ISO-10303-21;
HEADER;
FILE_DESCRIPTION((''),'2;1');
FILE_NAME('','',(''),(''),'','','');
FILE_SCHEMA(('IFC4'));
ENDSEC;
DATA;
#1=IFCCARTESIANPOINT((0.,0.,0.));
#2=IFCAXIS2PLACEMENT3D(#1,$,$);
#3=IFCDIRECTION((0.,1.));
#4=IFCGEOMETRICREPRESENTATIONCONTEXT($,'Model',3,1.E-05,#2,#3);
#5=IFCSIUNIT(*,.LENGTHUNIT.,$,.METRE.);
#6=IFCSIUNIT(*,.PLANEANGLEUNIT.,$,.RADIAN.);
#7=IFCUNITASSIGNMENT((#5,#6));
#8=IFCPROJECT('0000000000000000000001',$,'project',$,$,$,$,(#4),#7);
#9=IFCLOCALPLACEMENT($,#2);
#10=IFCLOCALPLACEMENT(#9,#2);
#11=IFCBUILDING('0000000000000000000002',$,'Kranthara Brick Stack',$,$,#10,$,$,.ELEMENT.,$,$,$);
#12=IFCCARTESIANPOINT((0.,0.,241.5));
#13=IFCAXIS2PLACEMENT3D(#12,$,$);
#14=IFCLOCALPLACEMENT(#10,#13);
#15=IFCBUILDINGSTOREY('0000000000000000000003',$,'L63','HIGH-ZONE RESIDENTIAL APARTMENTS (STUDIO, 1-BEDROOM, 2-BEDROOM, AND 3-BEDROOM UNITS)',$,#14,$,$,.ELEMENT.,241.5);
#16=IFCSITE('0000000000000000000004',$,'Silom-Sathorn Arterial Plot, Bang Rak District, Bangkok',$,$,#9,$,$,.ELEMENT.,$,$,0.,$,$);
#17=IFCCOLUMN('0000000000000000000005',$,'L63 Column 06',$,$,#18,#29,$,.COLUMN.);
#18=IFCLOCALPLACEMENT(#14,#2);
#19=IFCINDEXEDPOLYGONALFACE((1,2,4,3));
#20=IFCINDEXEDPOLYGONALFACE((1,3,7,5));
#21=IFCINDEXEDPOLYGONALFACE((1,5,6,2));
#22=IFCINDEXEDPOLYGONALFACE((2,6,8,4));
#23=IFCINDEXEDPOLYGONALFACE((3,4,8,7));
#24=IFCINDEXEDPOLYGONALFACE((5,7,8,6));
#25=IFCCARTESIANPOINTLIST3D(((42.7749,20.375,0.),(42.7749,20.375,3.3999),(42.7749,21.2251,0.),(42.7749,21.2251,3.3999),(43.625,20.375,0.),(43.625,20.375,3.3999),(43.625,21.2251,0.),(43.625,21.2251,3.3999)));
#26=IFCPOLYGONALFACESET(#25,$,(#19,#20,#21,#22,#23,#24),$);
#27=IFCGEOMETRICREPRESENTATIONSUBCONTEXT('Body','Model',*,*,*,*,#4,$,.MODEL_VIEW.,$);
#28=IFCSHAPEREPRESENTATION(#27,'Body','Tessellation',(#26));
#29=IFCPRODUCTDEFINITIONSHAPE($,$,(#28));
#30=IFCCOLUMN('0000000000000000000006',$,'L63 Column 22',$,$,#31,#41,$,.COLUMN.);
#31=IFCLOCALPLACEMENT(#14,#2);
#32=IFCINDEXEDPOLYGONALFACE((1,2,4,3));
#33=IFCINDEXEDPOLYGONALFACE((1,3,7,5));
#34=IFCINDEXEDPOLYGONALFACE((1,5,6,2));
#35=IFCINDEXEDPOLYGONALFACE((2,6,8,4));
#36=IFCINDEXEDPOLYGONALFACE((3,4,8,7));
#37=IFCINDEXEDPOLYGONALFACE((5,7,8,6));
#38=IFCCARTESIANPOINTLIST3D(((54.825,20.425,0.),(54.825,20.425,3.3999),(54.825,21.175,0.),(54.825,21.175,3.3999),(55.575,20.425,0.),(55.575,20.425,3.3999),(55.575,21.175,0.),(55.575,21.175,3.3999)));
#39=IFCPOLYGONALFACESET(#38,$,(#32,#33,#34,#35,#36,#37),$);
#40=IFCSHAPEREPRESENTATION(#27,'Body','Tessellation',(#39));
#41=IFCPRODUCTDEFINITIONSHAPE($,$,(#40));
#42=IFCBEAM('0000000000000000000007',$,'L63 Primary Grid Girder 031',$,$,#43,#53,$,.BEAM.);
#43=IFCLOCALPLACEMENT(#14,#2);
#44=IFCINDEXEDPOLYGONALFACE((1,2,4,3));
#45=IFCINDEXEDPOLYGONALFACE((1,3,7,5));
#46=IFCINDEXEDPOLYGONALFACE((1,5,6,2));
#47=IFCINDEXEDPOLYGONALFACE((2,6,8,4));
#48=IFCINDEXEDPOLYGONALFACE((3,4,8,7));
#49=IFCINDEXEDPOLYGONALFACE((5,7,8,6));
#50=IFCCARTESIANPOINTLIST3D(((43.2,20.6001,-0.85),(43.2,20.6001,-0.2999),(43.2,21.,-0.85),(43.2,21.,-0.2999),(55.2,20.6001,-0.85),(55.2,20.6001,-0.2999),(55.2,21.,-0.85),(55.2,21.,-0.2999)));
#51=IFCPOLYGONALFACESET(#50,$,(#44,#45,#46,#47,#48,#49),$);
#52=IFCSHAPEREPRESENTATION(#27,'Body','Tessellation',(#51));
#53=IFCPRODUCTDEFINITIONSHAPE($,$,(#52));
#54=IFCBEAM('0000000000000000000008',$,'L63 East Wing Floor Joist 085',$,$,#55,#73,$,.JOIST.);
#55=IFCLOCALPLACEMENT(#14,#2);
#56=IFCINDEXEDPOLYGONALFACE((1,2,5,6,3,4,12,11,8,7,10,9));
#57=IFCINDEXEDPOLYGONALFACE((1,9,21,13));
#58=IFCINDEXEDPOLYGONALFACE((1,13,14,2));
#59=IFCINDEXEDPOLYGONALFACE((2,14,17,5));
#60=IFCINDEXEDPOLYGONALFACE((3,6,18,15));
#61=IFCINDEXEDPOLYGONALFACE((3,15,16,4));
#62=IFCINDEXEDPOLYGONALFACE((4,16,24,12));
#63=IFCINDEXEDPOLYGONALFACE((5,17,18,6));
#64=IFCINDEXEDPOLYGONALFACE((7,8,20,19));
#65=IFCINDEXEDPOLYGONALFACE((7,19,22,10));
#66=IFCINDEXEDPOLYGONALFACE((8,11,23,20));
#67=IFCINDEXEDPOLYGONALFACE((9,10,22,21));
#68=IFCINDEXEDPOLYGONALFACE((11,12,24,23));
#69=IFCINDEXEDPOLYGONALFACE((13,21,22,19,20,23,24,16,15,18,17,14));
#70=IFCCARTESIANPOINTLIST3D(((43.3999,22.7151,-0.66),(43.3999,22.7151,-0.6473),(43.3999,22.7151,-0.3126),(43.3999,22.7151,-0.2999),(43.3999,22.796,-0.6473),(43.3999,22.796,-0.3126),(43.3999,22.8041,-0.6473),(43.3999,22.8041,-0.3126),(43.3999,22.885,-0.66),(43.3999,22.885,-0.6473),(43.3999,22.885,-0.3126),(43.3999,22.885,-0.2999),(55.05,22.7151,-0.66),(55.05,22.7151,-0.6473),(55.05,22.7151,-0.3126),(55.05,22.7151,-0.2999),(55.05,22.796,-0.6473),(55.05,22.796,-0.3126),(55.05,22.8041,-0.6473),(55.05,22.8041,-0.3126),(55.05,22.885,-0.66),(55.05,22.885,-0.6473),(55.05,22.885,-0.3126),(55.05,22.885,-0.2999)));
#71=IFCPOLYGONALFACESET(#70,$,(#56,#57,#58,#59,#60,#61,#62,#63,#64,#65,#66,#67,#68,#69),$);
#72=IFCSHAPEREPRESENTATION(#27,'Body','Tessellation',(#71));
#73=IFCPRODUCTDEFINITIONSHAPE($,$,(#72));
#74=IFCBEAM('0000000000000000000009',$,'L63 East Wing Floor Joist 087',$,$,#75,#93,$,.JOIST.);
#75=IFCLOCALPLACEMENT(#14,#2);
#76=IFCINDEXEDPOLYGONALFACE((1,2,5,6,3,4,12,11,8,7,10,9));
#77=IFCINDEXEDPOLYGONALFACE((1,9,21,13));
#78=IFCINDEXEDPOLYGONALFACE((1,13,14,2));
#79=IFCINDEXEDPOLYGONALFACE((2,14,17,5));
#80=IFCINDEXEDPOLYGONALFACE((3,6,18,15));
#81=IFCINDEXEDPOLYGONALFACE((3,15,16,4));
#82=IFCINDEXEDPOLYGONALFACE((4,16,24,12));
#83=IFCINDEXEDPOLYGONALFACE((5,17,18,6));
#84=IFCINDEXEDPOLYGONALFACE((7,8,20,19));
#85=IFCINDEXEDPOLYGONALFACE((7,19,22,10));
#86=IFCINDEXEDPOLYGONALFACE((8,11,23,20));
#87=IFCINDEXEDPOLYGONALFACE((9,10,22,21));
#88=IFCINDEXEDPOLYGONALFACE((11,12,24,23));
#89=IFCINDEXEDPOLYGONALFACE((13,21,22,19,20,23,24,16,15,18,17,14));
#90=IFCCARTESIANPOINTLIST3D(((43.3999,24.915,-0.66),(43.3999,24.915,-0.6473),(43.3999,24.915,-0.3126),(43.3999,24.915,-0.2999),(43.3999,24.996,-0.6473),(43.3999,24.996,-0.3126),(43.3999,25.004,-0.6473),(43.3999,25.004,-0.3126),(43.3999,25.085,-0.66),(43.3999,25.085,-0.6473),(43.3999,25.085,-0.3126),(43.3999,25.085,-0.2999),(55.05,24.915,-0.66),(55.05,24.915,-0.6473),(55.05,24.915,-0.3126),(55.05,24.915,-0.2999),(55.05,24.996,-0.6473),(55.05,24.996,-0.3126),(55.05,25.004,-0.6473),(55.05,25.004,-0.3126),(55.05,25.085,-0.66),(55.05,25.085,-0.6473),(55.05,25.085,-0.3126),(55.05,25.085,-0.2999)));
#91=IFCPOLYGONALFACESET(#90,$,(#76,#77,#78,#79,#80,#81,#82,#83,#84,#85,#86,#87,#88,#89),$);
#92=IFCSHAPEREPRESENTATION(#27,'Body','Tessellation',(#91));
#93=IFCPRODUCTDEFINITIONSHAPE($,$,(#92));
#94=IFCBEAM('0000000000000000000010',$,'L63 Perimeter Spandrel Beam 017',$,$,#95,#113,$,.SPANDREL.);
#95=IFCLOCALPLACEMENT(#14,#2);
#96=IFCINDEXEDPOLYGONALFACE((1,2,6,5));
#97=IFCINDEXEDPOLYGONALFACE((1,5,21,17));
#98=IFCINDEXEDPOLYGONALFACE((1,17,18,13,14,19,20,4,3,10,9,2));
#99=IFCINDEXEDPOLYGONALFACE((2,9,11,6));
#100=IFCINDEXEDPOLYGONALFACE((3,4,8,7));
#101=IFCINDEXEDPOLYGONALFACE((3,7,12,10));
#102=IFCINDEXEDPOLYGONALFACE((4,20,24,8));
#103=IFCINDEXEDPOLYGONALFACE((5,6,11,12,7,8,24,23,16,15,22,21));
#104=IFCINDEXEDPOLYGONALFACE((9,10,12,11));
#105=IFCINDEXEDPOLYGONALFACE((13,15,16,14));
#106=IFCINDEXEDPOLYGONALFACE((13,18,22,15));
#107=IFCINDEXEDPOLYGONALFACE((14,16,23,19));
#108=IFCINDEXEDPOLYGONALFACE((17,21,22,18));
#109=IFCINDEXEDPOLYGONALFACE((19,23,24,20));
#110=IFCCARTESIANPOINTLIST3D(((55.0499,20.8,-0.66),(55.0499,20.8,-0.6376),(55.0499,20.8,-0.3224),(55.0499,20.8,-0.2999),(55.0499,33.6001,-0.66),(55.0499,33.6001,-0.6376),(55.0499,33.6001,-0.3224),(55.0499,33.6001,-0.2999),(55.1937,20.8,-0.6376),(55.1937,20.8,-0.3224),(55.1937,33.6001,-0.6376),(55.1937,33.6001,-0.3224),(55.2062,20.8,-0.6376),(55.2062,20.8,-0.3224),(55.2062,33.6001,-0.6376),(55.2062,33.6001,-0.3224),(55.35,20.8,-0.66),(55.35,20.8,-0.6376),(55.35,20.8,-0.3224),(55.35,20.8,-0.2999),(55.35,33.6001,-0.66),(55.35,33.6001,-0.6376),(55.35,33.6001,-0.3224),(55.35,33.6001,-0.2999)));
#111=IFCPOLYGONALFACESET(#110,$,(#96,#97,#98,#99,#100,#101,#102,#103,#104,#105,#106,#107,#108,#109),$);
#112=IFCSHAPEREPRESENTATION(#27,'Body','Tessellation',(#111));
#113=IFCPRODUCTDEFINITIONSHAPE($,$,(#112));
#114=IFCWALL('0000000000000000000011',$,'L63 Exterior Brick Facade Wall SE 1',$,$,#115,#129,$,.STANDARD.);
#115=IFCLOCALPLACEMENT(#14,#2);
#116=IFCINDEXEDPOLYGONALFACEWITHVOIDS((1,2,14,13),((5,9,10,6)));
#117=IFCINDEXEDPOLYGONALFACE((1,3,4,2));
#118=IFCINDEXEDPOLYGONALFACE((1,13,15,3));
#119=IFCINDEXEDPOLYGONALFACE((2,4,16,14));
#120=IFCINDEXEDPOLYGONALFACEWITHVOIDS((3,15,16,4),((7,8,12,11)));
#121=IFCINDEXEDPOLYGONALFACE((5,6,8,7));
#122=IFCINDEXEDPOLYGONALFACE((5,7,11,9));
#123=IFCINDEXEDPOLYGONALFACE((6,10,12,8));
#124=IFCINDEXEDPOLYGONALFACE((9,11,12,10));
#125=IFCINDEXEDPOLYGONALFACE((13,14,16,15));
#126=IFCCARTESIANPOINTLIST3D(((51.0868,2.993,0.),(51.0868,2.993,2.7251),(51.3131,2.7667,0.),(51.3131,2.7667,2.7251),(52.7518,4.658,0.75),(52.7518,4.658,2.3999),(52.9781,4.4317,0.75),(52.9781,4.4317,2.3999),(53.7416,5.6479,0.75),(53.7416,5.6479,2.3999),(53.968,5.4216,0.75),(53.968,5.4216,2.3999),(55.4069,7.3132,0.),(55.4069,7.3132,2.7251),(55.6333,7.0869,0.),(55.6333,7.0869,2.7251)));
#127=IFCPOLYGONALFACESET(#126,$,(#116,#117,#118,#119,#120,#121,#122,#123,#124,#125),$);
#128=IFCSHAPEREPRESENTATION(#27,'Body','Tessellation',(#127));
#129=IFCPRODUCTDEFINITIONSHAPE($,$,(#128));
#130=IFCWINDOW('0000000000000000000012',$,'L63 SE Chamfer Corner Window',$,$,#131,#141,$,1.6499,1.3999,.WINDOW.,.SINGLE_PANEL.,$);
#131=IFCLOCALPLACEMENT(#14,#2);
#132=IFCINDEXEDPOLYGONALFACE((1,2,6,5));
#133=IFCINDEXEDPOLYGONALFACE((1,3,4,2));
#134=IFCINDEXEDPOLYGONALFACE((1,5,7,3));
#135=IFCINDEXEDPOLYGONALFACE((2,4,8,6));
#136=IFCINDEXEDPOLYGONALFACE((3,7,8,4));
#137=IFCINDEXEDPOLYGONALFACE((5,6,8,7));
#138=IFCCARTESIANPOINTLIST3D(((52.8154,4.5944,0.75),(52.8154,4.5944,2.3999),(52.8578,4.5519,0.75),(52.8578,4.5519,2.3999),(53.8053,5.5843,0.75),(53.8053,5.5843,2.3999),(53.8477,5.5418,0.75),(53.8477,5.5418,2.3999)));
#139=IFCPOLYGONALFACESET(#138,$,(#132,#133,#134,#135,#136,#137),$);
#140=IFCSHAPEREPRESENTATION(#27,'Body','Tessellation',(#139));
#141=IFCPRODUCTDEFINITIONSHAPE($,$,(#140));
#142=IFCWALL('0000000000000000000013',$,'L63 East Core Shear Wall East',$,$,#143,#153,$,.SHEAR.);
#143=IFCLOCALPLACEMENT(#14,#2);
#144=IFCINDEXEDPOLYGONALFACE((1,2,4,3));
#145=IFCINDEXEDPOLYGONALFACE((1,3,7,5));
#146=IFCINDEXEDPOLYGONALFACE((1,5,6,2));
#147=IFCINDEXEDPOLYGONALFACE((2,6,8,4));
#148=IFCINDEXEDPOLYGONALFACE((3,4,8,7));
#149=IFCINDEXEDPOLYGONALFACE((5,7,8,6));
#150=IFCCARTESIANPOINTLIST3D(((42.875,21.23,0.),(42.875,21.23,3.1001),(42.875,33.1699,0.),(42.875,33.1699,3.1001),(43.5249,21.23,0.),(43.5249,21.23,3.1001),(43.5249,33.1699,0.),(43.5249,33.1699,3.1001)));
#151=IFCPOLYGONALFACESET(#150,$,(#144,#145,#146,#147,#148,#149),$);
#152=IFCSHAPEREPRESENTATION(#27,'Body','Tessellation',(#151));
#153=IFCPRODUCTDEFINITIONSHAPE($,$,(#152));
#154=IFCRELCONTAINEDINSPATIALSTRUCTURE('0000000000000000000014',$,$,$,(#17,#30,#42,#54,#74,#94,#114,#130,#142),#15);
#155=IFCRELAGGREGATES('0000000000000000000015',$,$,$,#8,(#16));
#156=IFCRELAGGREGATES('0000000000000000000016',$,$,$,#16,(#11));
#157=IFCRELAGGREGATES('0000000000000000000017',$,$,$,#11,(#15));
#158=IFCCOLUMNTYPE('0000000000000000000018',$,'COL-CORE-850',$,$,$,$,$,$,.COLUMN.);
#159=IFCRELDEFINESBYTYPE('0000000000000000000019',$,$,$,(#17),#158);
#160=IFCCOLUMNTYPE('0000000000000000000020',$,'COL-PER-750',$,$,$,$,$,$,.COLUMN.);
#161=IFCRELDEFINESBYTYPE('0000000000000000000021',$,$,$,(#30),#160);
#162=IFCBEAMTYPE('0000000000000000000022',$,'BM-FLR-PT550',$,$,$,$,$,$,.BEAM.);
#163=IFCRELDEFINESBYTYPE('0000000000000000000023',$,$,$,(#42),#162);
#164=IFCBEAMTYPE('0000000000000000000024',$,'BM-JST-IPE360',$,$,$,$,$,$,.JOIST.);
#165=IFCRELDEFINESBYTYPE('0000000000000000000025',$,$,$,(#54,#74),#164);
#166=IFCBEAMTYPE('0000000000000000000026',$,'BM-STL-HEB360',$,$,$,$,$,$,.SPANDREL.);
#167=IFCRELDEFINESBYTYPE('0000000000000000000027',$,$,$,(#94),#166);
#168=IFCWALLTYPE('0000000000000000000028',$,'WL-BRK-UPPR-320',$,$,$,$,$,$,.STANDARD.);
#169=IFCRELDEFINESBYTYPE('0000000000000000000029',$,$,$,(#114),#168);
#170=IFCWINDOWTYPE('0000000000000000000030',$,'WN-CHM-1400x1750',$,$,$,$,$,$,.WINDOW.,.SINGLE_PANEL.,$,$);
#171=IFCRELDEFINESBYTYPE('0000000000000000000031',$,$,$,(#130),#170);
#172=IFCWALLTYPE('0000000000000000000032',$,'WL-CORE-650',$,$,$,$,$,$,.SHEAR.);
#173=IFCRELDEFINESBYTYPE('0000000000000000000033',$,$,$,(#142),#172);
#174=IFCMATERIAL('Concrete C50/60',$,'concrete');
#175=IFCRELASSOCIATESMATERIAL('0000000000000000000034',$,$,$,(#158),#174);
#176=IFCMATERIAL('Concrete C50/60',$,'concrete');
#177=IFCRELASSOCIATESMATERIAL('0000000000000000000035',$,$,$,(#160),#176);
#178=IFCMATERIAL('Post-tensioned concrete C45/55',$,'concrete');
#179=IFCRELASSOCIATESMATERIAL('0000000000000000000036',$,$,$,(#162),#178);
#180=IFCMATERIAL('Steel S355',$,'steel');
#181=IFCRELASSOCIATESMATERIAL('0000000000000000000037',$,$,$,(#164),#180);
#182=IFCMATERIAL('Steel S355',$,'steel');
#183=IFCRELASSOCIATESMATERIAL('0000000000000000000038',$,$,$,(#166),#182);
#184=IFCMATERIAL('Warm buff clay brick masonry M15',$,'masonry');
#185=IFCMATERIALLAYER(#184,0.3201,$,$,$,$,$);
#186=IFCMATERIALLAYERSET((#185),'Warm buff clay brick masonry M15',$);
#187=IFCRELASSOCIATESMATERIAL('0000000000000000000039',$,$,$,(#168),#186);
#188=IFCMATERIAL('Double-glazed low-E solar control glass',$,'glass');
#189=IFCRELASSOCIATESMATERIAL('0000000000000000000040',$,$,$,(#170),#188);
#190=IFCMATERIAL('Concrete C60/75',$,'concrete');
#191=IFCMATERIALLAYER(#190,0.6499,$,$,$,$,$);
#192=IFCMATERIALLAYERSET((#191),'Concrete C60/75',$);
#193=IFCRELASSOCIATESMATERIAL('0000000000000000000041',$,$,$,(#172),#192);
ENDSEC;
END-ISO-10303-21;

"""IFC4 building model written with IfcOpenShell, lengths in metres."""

from ifc_helpers import new_model, si_unit, direction, frame, frame_2d, origin, origin_2d, place, context, subcontext, project, spatial, rectangle, i_section, extrude, material, layer, layer_set, material_profile, profile_set, type_object, element, fill, save


model = new_model("IFC4")

# Units and contexts
model_context = context("Model", 3, precision=1e-05, world=origin(), true_north=direction((0.0, 1.0)))
body_context = subcontext(model_context, "Body", "Model", "MODEL_VIEW")
ifc_project = project(units=[si_unit("LENGTHUNIT", "METRE"), si_unit("PLANEANGLEUNIT", "RADIAN")], contexts=[model_context])

# Site, building, storey
site_placement = place(None, origin())
site = spatial("IfcSite", under=ifc_project, at=site_placement, Name="Silom-Sathorn Arterial Plot, Bang Rak District, Bangkok", CompositionType="ELEMENT", RefElevation=0.0)
building_placement = place(site_placement, origin())
building = spatial("IfcBuilding", under=site, at=building_placement, Name="Kranthara Brick Stack", CompositionType="ELEMENT")
storey_placement = place(building_placement, frame((0.0, 0.0, 241.5)))
storey = spatial("IfcBuildingStorey", under=building, at=storey_placement, Name="L63", Description="HIGH-ZONE RESIDENTIAL APARTMENTS (STUDIO, 1-BEDROOM, 2-BEDROOM, AND 3-BEDROOM UNITS)", CompositionType="ELEMENT", Elevation=241.5)

# Columns
ifc_material_1 = material(Name="Concrete C50/60", Category="concrete")
ifc_material_profile_1 = material_profile(ifc_material_1, rectangle(XDim=0.8501, YDim=0.8501, at=origin_2d()), Name="RC 850x850")
ifc_profile_set_1 = profile_set([ifc_material_profile_1], Name="Concrete C50/60")
column_type_1 = type_object("IfcColumnType", Name="COL-CORE-850", PredefinedType="COLUMN", material=ifc_profile_set_1)
column_1_placement = place(storey_placement, frame((43.2, 20.8, 0.0), z_axis=(0.0, 0.0, 1.0), x_axis=(1.0, 0.0, 0.0)))
element("IfcColumn", 1, at=column_1_placement, inside=storey, type_object=column_type_1, Name="L63 Column 06", PredefinedType="COLUMN", context=body_context, shape_type="SweptSolid", body=[
    extrude(rectangle(XDim=0.8501, YDim=0.8501, at=origin_2d()), origin(), (0.0, 0.0, 1.0), 3.3999),
])
ifc_material_2 = material(Name="Concrete C50/60", Category="concrete")
ifc_material_profile_2 = material_profile(ifc_material_2, rectangle(XDim=0.75, YDim=0.75, at=origin_2d()), Name="RC 750x750")
ifc_profile_set_2 = profile_set([ifc_material_profile_2], Name="Concrete C50/60")
column_type_2 = type_object("IfcColumnType", Name="COL-PER-750", PredefinedType="COLUMN", material=ifc_profile_set_2)
column_2_placement = place(storey_placement, frame((55.2, 20.8, 0.0), z_axis=(0.0, 0.0, 1.0), x_axis=(1.0, 0.0, 0.0)))
element("IfcColumn", 2, at=column_2_placement, inside=storey, type_object=column_type_2, Name="L63 Column 22", PredefinedType="COLUMN", context=body_context, shape_type="SweptSolid", body=[
    extrude(rectangle(XDim=0.75, YDim=0.75, at=origin_2d()), origin(), (0.0, 0.0, 1.0), 3.3999),
])

# Beams
ifc_material_3 = material(Name="Post-tensioned concrete C45/55", Category="concrete")
ifc_material_profile_3 = material_profile(ifc_material_3, rectangle(XDim=0.3999, YDim=0.55, at=origin_2d()), Name="PT 400x550")
ifc_profile_set_3 = profile_set([ifc_material_profile_3], Name="Post-tensioned concrete C45/55")
beam_type_1 = type_object("IfcBeamType", Name="BM-FLR-PT550", PredefinedType="BEAM", material=ifc_profile_set_3)
beam_1_placement = place(storey_placement, frame((43.2, 20.8, -0.575), z_axis=(1.0, 0.0, 0.0), x_axis=(0.0, 1.0, 0.0)))
element("IfcBeam", 3, at=beam_1_placement, inside=storey, type_object=beam_type_1, Name="L63 Primary Grid Girder 031", PredefinedType="BEAM", context=body_context, shape_type="SweptSolid", body=[
    extrude(rectangle(XDim=0.3999, YDim=0.55, at=origin_2d()), origin(), (0.0, 0.0, 1.0), 12.0),
])
ifc_material_4 = material(Name="Steel S355", Category="steel")
ifc_material_profile_4 = material_profile(ifc_material_4, i_section(OverallWidth=0.1699, OverallDepth=0.3601, WebThickness=0.0081, FlangeThickness=0.0127, at=origin_2d()), Name="IPE 360")
ifc_profile_set_4 = profile_set([ifc_material_profile_4], Name="Steel S355")
beam_type_2 = type_object("IfcBeamType", Name="BM-JST-IPE360", PredefinedType="JOIST", material=ifc_profile_set_4)
for number, where, z_axis, x_axis, name in (
    (4, (43.3999, 22.8, -0.48), (1.0, 0.0, 0.0), (0.0, 1.0, 0.0), "L63 East Wing Floor Joist 085"),
    (5, (43.3999, 25.0, -0.48), (1.0, 0.0, 0.0), (0.0, 1.0, 0.0), "L63 East Wing Floor Joist 087"),
):
    element("IfcBeam", number, at=place(storey_placement, frame(where, z_axis=z_axis, x_axis=x_axis)), inside=storey, type_object=beam_type_2, Name=name, PredefinedType="JOIST", context=body_context, shape_type="SweptSolid", body=[
        extrude(i_section(OverallWidth=0.1699, OverallDepth=0.3601, WebThickness=0.0081, FlangeThickness=0.0127, at=origin_2d()), origin(), (0.0, 0.0, 1.0), 11.6501),
    ])
ifc_material_5 = material(Name="Steel S355", Category="steel")
ifc_material_profile_5 = material_profile(ifc_material_5, i_section(OverallWidth=0.3, OverallDepth=0.3601, WebThickness=0.0125, FlangeThickness=0.0225, at=origin_2d()), Name="HEB 360")
ifc_profile_set_5 = profile_set([ifc_material_profile_5], Name="Steel S355")
beam_type_3 = type_object("IfcBeamType", Name="BM-STL-HEB360", PredefinedType="SPANDREL", material=ifc_profile_set_5)
beam_2_placement = place(storey_placement, frame((55.2, 20.8, -0.48), z_axis=(0.0, 1.0, 0.0), x_axis=(-1.0, 0.0, 0.0)))
element("IfcBeam", 6, at=beam_2_placement, inside=storey, type_object=beam_type_3, Name="L63 Perimeter Spandrel Beam 017", PredefinedType="SPANDREL", context=body_context, shape_type="SweptSolid", body=[
    extrude(i_section(OverallWidth=0.3, OverallDepth=0.3601, WebThickness=0.0125, FlangeThickness=0.0225, at=origin_2d()), origin(), (0.0, 0.0, 1.0), 12.8),
])

# Wall, opening, window
ifc_material_6 = material(Name="Warm buff clay brick masonry M15", Category="masonry")
ifc_layer_1 = layer(ifc_material_6, 0.3201)
ifc_layer_set_1 = layer_set([ifc_layer_1], Name="Warm buff clay brick masonry M15")
wall_type_1 = type_object("IfcWallType", Name="WL-BRK-UPPR-320", PredefinedType="STANDARD", material=ifc_layer_set_1)
wall_1_placement = place(storey_placement, frame((55.52, 7.2, 0.0), z_axis=(0.0, 0.0, 1.0), x_axis=(-0.707107, -0.707107, 0.0)))
wall_1 = element("IfcWall", 7, at=wall_1_placement, inside=storey, type_object=wall_type_1, Name="L63 Exterior Brick Facade Wall SE 1", PredefinedType="STANDARD", context=body_context, shape_type="SweptSolid", body=[
    extrude(rectangle(XDim=6.1096, YDim=0.3201, at=frame_2d((3.0547, 0.0))), origin(), (0.0, 0.0, 1.0), 2.7251),
])
opening_1_placement = place(wall_1_placement, frame((2.355, 0.0, 0.75)))
opening_1 = element("IfcOpeningElement", 8, at=opening_1_placement, cuts=wall_1, PredefinedType="OPENING", context=body_context, shape_type="SweptSolid", body=[
    extrude(rectangle(XDim=1.3999, YDim=1.6499, at=frame_2d((0.7, 0.825))), frame((0.0, 0.1699, 0.0), z_axis=(0.0, -1.0, 0.0), x_axis=(1.0, 0.0, 0.0)), (0.0, 0.0, 1.0), 0.3401),
])
ifc_material_7 = material(Name="Double-glazed low-E solar control glass", Category="glass")
window_type = type_object("IfcWindowType", Name="WN-CHM-1400x1750", PartitioningType="SINGLE_PANEL", PredefinedType="WINDOW", material=ifc_material_7)
window_placement = place(opening_1_placement, origin())
window = element("IfcWindow", 9, at=window_placement, inside=storey, type_object=window_type, Name="L63 SE Chamfer Corner Window", OverallHeight=1.6499, OverallWidth=1.3999, PartitioningType="SINGLE_PANEL", PredefinedType="WINDOW", context=body_context, shape_type="SweptSolid", body=[
    extrude(rectangle(XDim=1.3999, YDim=1.6499, at=frame_2d((0.7, 0.825))), frame((0.0, -0.01, 0.0), z_axis=(0.0, -1.0, 0.0), x_axis=(1.0, 0.0, 0.0)), (0.0, 0.0, 1.0), 0.0601),
])
fill(opening_1, window)

# Wall
ifc_material_8 = material(Name="Concrete C60/75", Category="concrete")
ifc_layer_2 = layer(ifc_material_8, 0.6499)
ifc_layer_set_2 = layer_set([ifc_layer_2], Name="Concrete C60/75")
wall_type_2 = type_object("IfcWallType", Name="WL-CORE-650", PredefinedType="SHEAR", material=ifc_layer_set_2)
wall_2_placement = place(storey_placement, frame((43.2, 21.23, 0.0), z_axis=(0.0, 0.0, 1.0), x_axis=(0.0, 1.0, 0.0)))
element("IfcWall", 10, at=wall_2_placement, inside=storey, type_object=wall_type_2, Name="L63 East Core Shear Wall East", PredefinedType="SHEAR", context=body_context, shape_type="SweptSolid", body=[
    extrude(rectangle(XDim=11.9399, YDim=0.6499, at=frame_2d((5.97, 0.0))), origin(), (0.0, 0.0, 1.0), 3.1001),
])

save(model, "model.ifc")
